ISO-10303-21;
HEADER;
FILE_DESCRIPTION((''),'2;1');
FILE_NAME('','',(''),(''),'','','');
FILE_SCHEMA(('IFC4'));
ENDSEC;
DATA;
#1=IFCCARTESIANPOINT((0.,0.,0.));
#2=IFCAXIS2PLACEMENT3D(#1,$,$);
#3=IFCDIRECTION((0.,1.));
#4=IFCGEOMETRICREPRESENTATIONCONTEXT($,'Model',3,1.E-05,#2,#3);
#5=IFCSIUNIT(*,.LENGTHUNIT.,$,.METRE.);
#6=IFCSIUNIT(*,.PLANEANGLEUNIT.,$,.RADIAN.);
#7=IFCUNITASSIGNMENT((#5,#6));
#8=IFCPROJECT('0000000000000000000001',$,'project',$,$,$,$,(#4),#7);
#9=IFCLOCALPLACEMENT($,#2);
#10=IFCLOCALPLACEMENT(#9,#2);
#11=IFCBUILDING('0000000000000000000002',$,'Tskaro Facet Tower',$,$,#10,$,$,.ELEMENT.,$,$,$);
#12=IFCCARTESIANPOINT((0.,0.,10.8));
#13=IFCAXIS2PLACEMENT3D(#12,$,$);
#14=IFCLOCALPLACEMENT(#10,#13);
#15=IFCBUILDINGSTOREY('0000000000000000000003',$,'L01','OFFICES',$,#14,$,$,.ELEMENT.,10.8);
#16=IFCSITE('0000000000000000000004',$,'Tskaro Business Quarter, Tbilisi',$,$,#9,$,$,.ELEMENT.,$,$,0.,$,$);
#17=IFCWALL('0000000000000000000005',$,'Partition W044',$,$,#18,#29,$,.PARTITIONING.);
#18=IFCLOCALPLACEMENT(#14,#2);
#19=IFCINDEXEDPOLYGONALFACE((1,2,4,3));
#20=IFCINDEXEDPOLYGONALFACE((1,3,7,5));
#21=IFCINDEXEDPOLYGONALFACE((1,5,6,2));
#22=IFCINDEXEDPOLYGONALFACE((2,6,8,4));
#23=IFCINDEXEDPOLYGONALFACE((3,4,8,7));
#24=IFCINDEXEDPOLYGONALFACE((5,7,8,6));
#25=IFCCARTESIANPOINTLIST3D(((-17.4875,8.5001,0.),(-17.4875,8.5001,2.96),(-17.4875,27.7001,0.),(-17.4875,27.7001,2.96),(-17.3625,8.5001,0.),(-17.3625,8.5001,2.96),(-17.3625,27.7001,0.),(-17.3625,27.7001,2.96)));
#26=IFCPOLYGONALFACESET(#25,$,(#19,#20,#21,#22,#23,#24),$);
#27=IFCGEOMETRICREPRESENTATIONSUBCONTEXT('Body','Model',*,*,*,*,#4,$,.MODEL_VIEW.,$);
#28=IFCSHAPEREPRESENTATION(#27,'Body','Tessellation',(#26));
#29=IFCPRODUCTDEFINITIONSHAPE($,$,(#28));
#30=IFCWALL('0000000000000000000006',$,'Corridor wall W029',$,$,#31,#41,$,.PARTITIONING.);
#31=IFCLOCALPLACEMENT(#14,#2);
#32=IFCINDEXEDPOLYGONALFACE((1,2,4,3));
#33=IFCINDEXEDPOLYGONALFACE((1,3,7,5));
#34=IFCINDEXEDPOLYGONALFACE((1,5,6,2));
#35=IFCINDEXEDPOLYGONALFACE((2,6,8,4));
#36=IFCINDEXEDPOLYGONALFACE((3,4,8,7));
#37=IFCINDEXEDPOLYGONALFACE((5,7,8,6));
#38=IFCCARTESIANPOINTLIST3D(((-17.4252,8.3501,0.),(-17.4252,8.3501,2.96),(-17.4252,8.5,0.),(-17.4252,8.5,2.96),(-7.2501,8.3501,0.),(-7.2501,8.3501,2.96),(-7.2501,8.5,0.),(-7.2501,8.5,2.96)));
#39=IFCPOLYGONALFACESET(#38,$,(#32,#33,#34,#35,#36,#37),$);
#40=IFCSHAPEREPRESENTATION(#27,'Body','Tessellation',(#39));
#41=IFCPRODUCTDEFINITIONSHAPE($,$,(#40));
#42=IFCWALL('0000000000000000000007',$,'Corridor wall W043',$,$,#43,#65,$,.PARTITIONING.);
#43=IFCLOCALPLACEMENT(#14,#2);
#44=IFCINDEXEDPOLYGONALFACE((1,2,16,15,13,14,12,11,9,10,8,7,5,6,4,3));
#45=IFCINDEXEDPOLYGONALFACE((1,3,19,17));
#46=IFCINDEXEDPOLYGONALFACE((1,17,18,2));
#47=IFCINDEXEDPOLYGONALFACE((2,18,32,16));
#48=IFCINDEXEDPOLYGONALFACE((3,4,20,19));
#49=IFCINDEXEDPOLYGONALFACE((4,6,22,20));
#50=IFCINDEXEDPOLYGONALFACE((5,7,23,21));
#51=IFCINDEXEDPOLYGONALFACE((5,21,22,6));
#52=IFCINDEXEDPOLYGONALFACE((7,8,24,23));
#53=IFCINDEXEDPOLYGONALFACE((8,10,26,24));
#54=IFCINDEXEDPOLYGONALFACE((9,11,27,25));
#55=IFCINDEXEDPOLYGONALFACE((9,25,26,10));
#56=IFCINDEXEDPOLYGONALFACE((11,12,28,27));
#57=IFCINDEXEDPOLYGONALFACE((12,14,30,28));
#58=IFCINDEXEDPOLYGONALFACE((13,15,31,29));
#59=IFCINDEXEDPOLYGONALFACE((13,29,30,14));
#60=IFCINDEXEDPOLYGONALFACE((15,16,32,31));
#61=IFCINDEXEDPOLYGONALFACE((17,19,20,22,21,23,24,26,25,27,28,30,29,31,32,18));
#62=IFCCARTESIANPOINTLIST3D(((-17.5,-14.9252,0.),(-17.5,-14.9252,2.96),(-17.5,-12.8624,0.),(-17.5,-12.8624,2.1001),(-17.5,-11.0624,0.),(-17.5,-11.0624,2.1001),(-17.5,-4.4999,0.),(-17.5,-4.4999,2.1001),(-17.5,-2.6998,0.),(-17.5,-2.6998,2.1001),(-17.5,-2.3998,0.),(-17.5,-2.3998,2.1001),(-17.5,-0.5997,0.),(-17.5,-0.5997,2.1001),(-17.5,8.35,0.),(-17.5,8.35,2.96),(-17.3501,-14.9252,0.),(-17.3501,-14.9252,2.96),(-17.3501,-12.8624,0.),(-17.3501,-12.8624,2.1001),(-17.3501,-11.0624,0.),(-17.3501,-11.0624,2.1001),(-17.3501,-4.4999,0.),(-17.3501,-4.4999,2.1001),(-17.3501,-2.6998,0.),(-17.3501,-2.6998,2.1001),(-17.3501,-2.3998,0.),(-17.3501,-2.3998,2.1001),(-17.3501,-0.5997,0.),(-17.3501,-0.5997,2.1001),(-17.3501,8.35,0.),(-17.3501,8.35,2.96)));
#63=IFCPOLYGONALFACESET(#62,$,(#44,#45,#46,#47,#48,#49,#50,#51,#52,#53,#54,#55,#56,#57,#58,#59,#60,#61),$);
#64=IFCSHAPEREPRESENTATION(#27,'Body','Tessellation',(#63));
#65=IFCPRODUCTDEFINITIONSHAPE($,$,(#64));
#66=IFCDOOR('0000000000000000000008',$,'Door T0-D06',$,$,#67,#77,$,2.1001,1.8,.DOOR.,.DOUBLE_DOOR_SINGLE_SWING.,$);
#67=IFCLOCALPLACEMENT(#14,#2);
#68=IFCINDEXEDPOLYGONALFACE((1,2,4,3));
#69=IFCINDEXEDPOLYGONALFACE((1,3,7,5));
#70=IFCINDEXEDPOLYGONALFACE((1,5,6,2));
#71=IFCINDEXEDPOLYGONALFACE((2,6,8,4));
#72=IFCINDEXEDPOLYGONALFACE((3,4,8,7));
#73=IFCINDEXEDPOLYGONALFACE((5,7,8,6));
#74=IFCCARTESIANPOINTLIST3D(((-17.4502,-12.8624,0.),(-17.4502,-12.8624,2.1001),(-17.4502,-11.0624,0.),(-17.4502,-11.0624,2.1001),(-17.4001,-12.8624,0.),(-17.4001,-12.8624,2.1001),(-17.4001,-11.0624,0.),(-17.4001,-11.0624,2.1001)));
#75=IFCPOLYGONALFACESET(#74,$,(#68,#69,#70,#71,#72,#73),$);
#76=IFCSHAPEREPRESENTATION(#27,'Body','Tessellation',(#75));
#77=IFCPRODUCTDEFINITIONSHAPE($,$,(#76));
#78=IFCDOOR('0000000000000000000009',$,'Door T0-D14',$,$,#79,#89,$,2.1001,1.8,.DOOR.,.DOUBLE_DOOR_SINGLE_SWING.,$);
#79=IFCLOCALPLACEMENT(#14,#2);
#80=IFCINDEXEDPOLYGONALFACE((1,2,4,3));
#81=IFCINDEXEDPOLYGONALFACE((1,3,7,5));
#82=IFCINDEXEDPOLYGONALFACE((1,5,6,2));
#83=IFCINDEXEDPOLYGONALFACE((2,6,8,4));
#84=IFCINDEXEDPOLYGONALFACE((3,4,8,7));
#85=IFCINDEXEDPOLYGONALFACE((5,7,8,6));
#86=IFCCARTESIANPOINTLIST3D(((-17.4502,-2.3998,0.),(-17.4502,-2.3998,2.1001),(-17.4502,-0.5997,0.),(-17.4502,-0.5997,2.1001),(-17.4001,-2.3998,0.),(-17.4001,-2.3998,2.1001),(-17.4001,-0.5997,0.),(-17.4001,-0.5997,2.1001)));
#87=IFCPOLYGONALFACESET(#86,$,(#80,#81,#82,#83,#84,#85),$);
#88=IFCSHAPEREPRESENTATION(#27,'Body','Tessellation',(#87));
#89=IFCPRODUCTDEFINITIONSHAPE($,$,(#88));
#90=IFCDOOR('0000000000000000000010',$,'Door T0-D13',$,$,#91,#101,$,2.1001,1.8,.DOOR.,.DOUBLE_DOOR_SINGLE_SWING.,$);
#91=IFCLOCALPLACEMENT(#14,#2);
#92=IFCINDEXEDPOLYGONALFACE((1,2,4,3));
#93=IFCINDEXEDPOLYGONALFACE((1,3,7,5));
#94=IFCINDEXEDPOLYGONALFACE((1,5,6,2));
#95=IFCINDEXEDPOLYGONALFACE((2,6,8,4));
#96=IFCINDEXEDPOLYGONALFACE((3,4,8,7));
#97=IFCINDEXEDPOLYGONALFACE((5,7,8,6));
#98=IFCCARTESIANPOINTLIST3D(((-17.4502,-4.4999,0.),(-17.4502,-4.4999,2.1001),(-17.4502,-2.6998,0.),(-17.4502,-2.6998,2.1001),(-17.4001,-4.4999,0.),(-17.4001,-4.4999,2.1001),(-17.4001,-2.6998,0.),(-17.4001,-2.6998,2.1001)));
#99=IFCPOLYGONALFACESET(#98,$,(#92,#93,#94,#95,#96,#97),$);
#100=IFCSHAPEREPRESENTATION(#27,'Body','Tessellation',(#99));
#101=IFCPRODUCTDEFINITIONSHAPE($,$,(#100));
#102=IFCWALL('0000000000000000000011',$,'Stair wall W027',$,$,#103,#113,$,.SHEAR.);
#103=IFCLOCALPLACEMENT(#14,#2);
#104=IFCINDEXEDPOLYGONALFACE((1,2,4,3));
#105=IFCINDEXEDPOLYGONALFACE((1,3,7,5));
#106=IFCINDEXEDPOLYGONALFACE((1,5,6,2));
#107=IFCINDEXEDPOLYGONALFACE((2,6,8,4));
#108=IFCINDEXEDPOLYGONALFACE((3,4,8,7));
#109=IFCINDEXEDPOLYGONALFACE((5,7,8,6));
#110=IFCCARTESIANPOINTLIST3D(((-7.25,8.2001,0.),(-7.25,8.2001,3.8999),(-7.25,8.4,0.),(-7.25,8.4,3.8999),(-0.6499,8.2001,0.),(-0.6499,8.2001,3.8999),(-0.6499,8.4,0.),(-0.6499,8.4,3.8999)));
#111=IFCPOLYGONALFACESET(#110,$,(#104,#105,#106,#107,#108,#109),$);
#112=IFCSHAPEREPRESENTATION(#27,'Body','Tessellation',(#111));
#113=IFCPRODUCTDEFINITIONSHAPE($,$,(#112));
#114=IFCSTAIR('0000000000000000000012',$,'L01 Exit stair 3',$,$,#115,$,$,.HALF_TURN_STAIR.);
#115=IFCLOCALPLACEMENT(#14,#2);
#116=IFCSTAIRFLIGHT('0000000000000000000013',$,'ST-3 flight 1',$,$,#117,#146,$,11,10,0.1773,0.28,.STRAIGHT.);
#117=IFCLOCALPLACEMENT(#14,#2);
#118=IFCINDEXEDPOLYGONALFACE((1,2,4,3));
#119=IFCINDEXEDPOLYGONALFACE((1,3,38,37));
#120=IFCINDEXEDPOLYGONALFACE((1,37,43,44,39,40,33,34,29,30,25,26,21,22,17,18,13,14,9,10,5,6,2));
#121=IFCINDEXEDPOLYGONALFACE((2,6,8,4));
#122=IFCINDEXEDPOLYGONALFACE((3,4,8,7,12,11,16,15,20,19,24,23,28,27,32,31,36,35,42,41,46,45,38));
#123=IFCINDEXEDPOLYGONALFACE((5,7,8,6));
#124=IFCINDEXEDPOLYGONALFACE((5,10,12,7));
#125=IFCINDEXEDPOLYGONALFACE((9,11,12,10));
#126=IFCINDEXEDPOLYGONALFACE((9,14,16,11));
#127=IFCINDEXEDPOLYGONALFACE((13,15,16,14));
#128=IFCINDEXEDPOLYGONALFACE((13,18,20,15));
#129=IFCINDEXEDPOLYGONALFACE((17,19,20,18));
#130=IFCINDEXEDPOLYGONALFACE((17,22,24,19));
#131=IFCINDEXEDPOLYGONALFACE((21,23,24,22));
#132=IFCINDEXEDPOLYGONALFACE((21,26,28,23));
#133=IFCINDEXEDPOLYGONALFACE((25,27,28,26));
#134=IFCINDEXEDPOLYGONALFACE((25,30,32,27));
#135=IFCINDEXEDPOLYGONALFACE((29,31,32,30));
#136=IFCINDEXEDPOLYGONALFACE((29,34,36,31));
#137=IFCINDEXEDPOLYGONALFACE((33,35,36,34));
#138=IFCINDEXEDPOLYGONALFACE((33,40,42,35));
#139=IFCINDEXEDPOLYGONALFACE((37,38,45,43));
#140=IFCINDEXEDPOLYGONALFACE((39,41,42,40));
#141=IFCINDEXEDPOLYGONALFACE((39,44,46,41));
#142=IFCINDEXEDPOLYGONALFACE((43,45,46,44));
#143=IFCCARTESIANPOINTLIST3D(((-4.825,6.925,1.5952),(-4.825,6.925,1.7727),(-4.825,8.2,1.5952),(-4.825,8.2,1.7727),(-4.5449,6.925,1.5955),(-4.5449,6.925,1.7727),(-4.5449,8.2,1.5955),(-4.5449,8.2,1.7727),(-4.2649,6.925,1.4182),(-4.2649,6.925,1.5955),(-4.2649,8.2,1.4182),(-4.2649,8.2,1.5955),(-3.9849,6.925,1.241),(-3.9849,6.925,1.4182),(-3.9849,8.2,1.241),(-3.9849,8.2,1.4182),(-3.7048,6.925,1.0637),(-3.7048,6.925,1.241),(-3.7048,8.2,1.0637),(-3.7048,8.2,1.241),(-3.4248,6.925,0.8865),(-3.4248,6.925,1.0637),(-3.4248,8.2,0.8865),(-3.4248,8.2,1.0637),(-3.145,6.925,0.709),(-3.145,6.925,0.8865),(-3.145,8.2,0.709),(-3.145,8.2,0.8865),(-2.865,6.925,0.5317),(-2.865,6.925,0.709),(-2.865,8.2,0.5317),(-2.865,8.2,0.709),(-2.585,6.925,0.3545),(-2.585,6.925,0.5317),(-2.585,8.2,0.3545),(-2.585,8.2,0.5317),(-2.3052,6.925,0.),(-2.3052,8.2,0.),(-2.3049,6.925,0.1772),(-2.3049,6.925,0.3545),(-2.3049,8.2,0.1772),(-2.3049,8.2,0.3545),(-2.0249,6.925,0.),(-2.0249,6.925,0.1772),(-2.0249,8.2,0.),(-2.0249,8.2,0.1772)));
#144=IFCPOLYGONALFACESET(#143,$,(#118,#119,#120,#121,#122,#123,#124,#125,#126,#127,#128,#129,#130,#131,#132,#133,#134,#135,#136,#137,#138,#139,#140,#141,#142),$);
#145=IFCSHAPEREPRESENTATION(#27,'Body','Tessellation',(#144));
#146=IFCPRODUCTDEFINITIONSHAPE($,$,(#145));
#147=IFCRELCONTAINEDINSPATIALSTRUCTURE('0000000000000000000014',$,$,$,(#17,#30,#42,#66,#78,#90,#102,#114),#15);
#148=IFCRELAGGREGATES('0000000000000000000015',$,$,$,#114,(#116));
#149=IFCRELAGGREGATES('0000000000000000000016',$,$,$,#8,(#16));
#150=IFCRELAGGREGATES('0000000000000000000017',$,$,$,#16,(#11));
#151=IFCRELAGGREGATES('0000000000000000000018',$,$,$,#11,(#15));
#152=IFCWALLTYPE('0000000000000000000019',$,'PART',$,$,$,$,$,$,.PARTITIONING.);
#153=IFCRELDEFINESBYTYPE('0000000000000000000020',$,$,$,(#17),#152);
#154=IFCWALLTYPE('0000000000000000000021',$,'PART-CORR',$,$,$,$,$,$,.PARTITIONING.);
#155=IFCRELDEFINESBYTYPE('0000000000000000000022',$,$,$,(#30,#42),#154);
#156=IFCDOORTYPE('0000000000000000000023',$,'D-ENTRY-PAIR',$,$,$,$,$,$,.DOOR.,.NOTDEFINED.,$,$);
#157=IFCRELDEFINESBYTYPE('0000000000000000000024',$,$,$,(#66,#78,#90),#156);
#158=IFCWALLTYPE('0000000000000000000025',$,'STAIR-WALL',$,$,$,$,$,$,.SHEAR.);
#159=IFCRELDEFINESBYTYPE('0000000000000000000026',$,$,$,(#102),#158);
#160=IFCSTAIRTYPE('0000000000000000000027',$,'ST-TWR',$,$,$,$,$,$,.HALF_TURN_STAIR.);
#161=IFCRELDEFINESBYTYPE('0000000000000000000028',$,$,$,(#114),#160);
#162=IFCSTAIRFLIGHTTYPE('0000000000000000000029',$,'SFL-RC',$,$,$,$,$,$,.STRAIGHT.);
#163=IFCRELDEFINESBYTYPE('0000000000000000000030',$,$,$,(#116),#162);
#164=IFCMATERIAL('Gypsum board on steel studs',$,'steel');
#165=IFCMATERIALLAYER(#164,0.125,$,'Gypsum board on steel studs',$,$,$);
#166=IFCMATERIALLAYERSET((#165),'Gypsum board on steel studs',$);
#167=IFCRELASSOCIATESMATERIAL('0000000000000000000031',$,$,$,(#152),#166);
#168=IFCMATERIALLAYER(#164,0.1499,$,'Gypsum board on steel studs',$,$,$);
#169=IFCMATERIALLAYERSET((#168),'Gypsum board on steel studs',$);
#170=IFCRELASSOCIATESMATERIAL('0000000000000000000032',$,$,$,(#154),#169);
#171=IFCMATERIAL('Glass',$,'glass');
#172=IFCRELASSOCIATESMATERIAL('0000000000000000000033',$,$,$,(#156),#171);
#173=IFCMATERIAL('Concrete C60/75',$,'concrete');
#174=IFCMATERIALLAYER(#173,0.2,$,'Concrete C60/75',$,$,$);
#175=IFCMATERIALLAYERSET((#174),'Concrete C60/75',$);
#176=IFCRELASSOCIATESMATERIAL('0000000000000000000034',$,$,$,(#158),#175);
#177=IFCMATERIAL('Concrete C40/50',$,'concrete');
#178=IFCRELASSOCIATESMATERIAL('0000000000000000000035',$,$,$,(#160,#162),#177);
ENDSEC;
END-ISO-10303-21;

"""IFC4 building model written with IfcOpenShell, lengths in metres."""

from ifc_helpers import new_model, si_unit, direction, frame, frame_2d, origin, place, context, subcontext, project, spatial, polyline, rectangle, outline, extrude, material, layer, layer_set, type_object, element, fill, aggregate, save


model = new_model("IFC4")

# Units and contexts
model_context = context("Model", 3, precision=1e-05, world=origin(), true_north=direction((0.0, 1.0)))
body_context = subcontext(model_context, "Body", "Model", "MODEL_VIEW")
ifc_project = project(units=[si_unit("LENGTHUNIT", "METRE"), si_unit("PLANEANGLEUNIT", "RADIAN")], contexts=[model_context])

# Site, building, storey
site_placement = place(None, origin())
site = spatial("IfcSite", under=ifc_project, at=site_placement, Name="Tskaro Business Quarter, Tbilisi", CompositionType="ELEMENT", RefElevation=0.0)
building_placement = place(site_placement, origin())
building = spatial("IfcBuilding", under=site, at=building_placement, Name="Tskaro Facet Tower", CompositionType="ELEMENT")
storey_placement = place(building_placement, frame((0.0, 0.0, 10.8)))
storey = spatial("IfcBuildingStorey", under=building, at=storey_placement, Name="L01", Description="OFFICES", CompositionType="ELEMENT", Elevation=10.8)

# Walls
ifc_material_1 = material(Name="Gypsum board on steel studs", Category="steel")
ifc_layer_1 = layer(ifc_material_1, 0.125, Name="Gypsum board on steel studs")
ifc_layer_set_1 = layer_set([ifc_layer_1], Name="Gypsum board on steel studs")
wall_type_1 = type_object("IfcWallType", Name="PART", PredefinedType="PARTITIONING", material=ifc_layer_set_1)
wall_1_placement = place(storey_placement, frame((-17.425, 8.5, 0.0), z_axis=(0.0, 0.0, 1.0), x_axis=(0.0, 1.0, 0.0)))
element("IfcWall", 1, at=wall_1_placement, inside=storey, type_object=wall_type_1, Name="Partition W044", PredefinedType="PARTITIONING", context=body_context, shape_type="SweptSolid", body=[
    extrude(rectangle(XDim=19.2, YDim=0.125, at=frame_2d((9.6001, 0.0))), origin(), (0.0, 0.0, 1.0), 2.96),
])
ifc_layer_2 = layer(ifc_material_1, 0.1499, Name="Gypsum board on steel studs")
ifc_layer_set_2 = layer_set([ifc_layer_2], Name="Gypsum board on steel studs")
wall_type_2 = type_object("IfcWallType", Name="PART-CORR", PredefinedType="PARTITIONING", material=ifc_layer_set_2)
wall_2_placement = place(storey_placement, frame((-17.425, 8.425, 0.0), z_axis=(0.0, 0.0, 1.0), x_axis=(1.0, 0.0, 0.0)))
element("IfcWall", 2, at=wall_2_placement, inside=storey, type_object=wall_type_2, Name="Corridor wall W029", PredefinedType="PARTITIONING", context=body_context, shape_type="SweptSolid", body=[
    extrude(rectangle(XDim=10.175, YDim=0.1499, at=frame_2d((5.0874, 0.0))), origin(), (0.0, 0.0, 1.0), 2.96),
])

# Wall, openings, doors
wall_3_placement = place(storey_placement, frame((-17.425, 8.3501, 0.0), z_axis=(0.0, 0.0, 1.0), x_axis=(0.0, -1.0, 0.0)))
wall_3 = element("IfcWall", 3, at=wall_3_placement, inside=storey, type_object=wall_type_2, Name="Corridor wall W043", PredefinedType="PARTITIONING", context=body_context, shape_type="SweptSolid", body=[
    extrude(rectangle(XDim=23.2751, YDim=0.1499, at=frame_2d((11.6377, 0.0))), origin(), (0.0, 0.0, 1.0), 2.96),
])
opening_1_placement = place(wall_3_placement, frame((19.4126, 0.0, 0.0)))
opening_1 = element("IfcOpeningElement", 4, at=opening_1_placement, cuts=wall_3, PredefinedType="OPENING", context=body_context, shape_type="SweptSolid", body=[
    extrude(rectangle(XDim=1.8, YDim=2.1001, at=frame_2d((0.8999, 1.05))), frame((0.0, 0.085, 0.0), z_axis=(0.0, -1.0, 0.0), x_axis=(1.0, 0.0, 0.0)), (0.0, 0.0, 1.0), 0.1699),
])
opening_2_placement = place(wall_3_placement, frame((8.95, 0.0, 0.0)))
opening_2 = element("IfcOpeningElement", 5, at=opening_2_placement, cuts=wall_3, PredefinedType="OPENING", context=body_context, shape_type="SweptSolid", body=[
    extrude(rectangle(XDim=1.8, YDim=2.1001, at=frame_2d((0.8999, 1.05))), frame((0.0, 0.085, 0.0), z_axis=(0.0, -1.0, 0.0), x_axis=(1.0, 0.0, 0.0)), (0.0, 0.0, 1.0), 0.1699),
])
opening_3_placement = place(wall_3_placement, frame((11.05, 0.0, 0.0)))
opening_3 = element("IfcOpeningElement", 6, at=opening_3_placement, cuts=wall_3, PredefinedType="OPENING", context=body_context, shape_type="SweptSolid", body=[
    extrude(rectangle(XDim=1.8, YDim=2.1001, at=frame_2d((0.8999, 1.05))), frame((0.0, 0.085, 0.0), z_axis=(0.0, -1.0, 0.0), x_axis=(1.0, 0.0, 0.0)), (0.0, 0.0, 1.0), 0.1699),
])
ifc_material_2 = material(Name="Glass", Category="glass")
door_type = type_object("IfcDoorType", Name="D-ENTRY-PAIR", OperationType="NOTDEFINED", PredefinedType="DOOR", material=ifc_material_2)
door_1_placement = place(opening_1_placement, origin())
door_1 = element("IfcDoor", 7, at=door_1_placement, inside=storey, type_object=door_type, Name="Door T0-D06", OperationType="DOUBLE_DOOR_SINGLE_SWING", OverallHeight=2.1001, OverallWidth=1.8, PredefinedType="DOOR", context=body_context, shape_type="SweptSolid", body=[
    extrude(rectangle(XDim=1.8, YDim=2.1001, at=frame_2d((0.8999, 1.05))), frame((0.0, 0.0249, 0.0), z_axis=(0.0, -1.0, 0.0), x_axis=(1.0, 0.0, 0.0)), (0.0, 0.0, 1.0), 0.05),
])
fill(opening_1, door_1)
door_2_placement = place(opening_2_placement, origin())
door_2 = element("IfcDoor", 8, at=door_2_placement, inside=storey, type_object=door_type, Name="Door T0-D14", OperationType="DOUBLE_DOOR_SINGLE_SWING", OverallHeight=2.1001, OverallWidth=1.8, PredefinedType="DOOR", context=body_context, shape_type="SweptSolid", body=[
    extrude(rectangle(XDim=1.8, YDim=2.1001, at=frame_2d((0.8999, 1.05))), frame((0.0, 0.0249, 0.0), z_axis=(0.0, -1.0, 0.0), x_axis=(1.0, 0.0, 0.0)), (0.0, 0.0, 1.0), 0.05),
])
fill(opening_2, door_2)
door_3_placement = place(opening_3_placement, origin())
door_3 = element("IfcDoor", 9, at=door_3_placement, inside=storey, type_object=door_type, Name="Door T0-D13", OperationType="DOUBLE_DOOR_SINGLE_SWING", OverallHeight=2.1001, OverallWidth=1.8, PredefinedType="DOOR", context=body_context, shape_type="SweptSolid", body=[
    extrude(rectangle(XDim=1.8, YDim=2.1001, at=frame_2d((0.8999, 1.05))), frame((0.0, 0.0249, 0.0), z_axis=(0.0, -1.0, 0.0), x_axis=(1.0, 0.0, 0.0)), (0.0, 0.0, 1.0), 0.05),
])
fill(opening_3, door_3)

# Wall
ifc_material_3 = material(Name="Concrete C60/75", Category="concrete")
ifc_layer_3 = layer(ifc_material_3, 0.2, Name="Concrete C60/75")
ifc_layer_set_3 = layer_set([ifc_layer_3], Name="Concrete C60/75")
wall_type_3 = type_object("IfcWallType", Name="STAIR-WALL", PredefinedType="SHEAR", material=ifc_layer_set_3)
wall_4_placement = place(storey_placement, frame((-7.25, 8.3, 0.0), z_axis=(0.0, 0.0, 1.0), x_axis=(1.0, 0.0, 0.0)))
element("IfcWall", 10, at=wall_4_placement, inside=storey, type_object=wall_type_3, Name="Stair wall W027", PredefinedType="SHEAR", context=body_context, shape_type="SweptSolid", body=[
    extrude(rectangle(XDim=6.6001, YDim=0.2, at=frame_2d((3.3, 0.0))), origin(), (0.0, 0.0, 1.0), 3.8999),
])

# Stair, stair flight
ifc_material_4 = material(Name="Concrete C40/50", Category="concrete")
stair_type = type_object("IfcStairType", Name="ST-TWR", PredefinedType="HALF_TURN_STAIR", material=ifc_material_4)
stair_placement = place(storey_placement, origin())
stair = element("IfcStair", 11, at=stair_placement, inside=storey, type_object=stair_type, Name="L01 Exit stair 3", PredefinedType="HALF_TURN_STAIR")
stair_flight_type = type_object("IfcStairFlightType", Name="SFL-RC", PredefinedType="STRAIGHT", material=ifc_material_4)
stair_flight_1_placement = place(storey_placement, frame((-2.0249, 7.5625, 0.0), z_axis=(0.0, 0.0, 1.0), x_axis=(-1.0, 0.0, 0.0)))
stair_flight_1 = element("IfcStairFlight", 12, at=stair_flight_1_placement, type_object=stair_flight_type, Name="ST-3 flight 1", NumberOfRisers=11, NumberOfTreads=10, PredefinedType="STRAIGHT", RiserHeight=0.1773, TreadLength=0.28, context=body_context, shape_type="SweptSolid", body=[
    extrude(outline(polyline([(0.0, 0.0), (0.0, 0.1772), (0.28, 0.1772), (0.28, 0.3545), (0.5601, 0.3545), (0.5601, 0.5317), (0.8401, 0.5317), (0.8401, 0.709), (1.1201, 0.709), (1.1201, 0.8865), (1.3999, 0.8865), (1.3999, 1.0637), (1.6799, 1.0637), (1.6799, 1.241), (1.96, 1.241), (1.96, 1.4182), (2.24, 1.4182), (2.24, 1.5955), (2.52, 1.5955), (2.52, 1.7727), (2.8, 1.7727), (2.8, 1.95), (2.8, 1.5952), (0.2803, 0.0), (0.0, 0.0)])), frame((0.0, 0.6375, 0.0), z_axis=(0.0, -1.0, 0.0), x_axis=(1.0, 0.0, 0.0)), (0.0, 0.0, 1.0), 1.2749),
])
aggregate(stair, [stair_flight_1])

save(model, "model.ifc")
